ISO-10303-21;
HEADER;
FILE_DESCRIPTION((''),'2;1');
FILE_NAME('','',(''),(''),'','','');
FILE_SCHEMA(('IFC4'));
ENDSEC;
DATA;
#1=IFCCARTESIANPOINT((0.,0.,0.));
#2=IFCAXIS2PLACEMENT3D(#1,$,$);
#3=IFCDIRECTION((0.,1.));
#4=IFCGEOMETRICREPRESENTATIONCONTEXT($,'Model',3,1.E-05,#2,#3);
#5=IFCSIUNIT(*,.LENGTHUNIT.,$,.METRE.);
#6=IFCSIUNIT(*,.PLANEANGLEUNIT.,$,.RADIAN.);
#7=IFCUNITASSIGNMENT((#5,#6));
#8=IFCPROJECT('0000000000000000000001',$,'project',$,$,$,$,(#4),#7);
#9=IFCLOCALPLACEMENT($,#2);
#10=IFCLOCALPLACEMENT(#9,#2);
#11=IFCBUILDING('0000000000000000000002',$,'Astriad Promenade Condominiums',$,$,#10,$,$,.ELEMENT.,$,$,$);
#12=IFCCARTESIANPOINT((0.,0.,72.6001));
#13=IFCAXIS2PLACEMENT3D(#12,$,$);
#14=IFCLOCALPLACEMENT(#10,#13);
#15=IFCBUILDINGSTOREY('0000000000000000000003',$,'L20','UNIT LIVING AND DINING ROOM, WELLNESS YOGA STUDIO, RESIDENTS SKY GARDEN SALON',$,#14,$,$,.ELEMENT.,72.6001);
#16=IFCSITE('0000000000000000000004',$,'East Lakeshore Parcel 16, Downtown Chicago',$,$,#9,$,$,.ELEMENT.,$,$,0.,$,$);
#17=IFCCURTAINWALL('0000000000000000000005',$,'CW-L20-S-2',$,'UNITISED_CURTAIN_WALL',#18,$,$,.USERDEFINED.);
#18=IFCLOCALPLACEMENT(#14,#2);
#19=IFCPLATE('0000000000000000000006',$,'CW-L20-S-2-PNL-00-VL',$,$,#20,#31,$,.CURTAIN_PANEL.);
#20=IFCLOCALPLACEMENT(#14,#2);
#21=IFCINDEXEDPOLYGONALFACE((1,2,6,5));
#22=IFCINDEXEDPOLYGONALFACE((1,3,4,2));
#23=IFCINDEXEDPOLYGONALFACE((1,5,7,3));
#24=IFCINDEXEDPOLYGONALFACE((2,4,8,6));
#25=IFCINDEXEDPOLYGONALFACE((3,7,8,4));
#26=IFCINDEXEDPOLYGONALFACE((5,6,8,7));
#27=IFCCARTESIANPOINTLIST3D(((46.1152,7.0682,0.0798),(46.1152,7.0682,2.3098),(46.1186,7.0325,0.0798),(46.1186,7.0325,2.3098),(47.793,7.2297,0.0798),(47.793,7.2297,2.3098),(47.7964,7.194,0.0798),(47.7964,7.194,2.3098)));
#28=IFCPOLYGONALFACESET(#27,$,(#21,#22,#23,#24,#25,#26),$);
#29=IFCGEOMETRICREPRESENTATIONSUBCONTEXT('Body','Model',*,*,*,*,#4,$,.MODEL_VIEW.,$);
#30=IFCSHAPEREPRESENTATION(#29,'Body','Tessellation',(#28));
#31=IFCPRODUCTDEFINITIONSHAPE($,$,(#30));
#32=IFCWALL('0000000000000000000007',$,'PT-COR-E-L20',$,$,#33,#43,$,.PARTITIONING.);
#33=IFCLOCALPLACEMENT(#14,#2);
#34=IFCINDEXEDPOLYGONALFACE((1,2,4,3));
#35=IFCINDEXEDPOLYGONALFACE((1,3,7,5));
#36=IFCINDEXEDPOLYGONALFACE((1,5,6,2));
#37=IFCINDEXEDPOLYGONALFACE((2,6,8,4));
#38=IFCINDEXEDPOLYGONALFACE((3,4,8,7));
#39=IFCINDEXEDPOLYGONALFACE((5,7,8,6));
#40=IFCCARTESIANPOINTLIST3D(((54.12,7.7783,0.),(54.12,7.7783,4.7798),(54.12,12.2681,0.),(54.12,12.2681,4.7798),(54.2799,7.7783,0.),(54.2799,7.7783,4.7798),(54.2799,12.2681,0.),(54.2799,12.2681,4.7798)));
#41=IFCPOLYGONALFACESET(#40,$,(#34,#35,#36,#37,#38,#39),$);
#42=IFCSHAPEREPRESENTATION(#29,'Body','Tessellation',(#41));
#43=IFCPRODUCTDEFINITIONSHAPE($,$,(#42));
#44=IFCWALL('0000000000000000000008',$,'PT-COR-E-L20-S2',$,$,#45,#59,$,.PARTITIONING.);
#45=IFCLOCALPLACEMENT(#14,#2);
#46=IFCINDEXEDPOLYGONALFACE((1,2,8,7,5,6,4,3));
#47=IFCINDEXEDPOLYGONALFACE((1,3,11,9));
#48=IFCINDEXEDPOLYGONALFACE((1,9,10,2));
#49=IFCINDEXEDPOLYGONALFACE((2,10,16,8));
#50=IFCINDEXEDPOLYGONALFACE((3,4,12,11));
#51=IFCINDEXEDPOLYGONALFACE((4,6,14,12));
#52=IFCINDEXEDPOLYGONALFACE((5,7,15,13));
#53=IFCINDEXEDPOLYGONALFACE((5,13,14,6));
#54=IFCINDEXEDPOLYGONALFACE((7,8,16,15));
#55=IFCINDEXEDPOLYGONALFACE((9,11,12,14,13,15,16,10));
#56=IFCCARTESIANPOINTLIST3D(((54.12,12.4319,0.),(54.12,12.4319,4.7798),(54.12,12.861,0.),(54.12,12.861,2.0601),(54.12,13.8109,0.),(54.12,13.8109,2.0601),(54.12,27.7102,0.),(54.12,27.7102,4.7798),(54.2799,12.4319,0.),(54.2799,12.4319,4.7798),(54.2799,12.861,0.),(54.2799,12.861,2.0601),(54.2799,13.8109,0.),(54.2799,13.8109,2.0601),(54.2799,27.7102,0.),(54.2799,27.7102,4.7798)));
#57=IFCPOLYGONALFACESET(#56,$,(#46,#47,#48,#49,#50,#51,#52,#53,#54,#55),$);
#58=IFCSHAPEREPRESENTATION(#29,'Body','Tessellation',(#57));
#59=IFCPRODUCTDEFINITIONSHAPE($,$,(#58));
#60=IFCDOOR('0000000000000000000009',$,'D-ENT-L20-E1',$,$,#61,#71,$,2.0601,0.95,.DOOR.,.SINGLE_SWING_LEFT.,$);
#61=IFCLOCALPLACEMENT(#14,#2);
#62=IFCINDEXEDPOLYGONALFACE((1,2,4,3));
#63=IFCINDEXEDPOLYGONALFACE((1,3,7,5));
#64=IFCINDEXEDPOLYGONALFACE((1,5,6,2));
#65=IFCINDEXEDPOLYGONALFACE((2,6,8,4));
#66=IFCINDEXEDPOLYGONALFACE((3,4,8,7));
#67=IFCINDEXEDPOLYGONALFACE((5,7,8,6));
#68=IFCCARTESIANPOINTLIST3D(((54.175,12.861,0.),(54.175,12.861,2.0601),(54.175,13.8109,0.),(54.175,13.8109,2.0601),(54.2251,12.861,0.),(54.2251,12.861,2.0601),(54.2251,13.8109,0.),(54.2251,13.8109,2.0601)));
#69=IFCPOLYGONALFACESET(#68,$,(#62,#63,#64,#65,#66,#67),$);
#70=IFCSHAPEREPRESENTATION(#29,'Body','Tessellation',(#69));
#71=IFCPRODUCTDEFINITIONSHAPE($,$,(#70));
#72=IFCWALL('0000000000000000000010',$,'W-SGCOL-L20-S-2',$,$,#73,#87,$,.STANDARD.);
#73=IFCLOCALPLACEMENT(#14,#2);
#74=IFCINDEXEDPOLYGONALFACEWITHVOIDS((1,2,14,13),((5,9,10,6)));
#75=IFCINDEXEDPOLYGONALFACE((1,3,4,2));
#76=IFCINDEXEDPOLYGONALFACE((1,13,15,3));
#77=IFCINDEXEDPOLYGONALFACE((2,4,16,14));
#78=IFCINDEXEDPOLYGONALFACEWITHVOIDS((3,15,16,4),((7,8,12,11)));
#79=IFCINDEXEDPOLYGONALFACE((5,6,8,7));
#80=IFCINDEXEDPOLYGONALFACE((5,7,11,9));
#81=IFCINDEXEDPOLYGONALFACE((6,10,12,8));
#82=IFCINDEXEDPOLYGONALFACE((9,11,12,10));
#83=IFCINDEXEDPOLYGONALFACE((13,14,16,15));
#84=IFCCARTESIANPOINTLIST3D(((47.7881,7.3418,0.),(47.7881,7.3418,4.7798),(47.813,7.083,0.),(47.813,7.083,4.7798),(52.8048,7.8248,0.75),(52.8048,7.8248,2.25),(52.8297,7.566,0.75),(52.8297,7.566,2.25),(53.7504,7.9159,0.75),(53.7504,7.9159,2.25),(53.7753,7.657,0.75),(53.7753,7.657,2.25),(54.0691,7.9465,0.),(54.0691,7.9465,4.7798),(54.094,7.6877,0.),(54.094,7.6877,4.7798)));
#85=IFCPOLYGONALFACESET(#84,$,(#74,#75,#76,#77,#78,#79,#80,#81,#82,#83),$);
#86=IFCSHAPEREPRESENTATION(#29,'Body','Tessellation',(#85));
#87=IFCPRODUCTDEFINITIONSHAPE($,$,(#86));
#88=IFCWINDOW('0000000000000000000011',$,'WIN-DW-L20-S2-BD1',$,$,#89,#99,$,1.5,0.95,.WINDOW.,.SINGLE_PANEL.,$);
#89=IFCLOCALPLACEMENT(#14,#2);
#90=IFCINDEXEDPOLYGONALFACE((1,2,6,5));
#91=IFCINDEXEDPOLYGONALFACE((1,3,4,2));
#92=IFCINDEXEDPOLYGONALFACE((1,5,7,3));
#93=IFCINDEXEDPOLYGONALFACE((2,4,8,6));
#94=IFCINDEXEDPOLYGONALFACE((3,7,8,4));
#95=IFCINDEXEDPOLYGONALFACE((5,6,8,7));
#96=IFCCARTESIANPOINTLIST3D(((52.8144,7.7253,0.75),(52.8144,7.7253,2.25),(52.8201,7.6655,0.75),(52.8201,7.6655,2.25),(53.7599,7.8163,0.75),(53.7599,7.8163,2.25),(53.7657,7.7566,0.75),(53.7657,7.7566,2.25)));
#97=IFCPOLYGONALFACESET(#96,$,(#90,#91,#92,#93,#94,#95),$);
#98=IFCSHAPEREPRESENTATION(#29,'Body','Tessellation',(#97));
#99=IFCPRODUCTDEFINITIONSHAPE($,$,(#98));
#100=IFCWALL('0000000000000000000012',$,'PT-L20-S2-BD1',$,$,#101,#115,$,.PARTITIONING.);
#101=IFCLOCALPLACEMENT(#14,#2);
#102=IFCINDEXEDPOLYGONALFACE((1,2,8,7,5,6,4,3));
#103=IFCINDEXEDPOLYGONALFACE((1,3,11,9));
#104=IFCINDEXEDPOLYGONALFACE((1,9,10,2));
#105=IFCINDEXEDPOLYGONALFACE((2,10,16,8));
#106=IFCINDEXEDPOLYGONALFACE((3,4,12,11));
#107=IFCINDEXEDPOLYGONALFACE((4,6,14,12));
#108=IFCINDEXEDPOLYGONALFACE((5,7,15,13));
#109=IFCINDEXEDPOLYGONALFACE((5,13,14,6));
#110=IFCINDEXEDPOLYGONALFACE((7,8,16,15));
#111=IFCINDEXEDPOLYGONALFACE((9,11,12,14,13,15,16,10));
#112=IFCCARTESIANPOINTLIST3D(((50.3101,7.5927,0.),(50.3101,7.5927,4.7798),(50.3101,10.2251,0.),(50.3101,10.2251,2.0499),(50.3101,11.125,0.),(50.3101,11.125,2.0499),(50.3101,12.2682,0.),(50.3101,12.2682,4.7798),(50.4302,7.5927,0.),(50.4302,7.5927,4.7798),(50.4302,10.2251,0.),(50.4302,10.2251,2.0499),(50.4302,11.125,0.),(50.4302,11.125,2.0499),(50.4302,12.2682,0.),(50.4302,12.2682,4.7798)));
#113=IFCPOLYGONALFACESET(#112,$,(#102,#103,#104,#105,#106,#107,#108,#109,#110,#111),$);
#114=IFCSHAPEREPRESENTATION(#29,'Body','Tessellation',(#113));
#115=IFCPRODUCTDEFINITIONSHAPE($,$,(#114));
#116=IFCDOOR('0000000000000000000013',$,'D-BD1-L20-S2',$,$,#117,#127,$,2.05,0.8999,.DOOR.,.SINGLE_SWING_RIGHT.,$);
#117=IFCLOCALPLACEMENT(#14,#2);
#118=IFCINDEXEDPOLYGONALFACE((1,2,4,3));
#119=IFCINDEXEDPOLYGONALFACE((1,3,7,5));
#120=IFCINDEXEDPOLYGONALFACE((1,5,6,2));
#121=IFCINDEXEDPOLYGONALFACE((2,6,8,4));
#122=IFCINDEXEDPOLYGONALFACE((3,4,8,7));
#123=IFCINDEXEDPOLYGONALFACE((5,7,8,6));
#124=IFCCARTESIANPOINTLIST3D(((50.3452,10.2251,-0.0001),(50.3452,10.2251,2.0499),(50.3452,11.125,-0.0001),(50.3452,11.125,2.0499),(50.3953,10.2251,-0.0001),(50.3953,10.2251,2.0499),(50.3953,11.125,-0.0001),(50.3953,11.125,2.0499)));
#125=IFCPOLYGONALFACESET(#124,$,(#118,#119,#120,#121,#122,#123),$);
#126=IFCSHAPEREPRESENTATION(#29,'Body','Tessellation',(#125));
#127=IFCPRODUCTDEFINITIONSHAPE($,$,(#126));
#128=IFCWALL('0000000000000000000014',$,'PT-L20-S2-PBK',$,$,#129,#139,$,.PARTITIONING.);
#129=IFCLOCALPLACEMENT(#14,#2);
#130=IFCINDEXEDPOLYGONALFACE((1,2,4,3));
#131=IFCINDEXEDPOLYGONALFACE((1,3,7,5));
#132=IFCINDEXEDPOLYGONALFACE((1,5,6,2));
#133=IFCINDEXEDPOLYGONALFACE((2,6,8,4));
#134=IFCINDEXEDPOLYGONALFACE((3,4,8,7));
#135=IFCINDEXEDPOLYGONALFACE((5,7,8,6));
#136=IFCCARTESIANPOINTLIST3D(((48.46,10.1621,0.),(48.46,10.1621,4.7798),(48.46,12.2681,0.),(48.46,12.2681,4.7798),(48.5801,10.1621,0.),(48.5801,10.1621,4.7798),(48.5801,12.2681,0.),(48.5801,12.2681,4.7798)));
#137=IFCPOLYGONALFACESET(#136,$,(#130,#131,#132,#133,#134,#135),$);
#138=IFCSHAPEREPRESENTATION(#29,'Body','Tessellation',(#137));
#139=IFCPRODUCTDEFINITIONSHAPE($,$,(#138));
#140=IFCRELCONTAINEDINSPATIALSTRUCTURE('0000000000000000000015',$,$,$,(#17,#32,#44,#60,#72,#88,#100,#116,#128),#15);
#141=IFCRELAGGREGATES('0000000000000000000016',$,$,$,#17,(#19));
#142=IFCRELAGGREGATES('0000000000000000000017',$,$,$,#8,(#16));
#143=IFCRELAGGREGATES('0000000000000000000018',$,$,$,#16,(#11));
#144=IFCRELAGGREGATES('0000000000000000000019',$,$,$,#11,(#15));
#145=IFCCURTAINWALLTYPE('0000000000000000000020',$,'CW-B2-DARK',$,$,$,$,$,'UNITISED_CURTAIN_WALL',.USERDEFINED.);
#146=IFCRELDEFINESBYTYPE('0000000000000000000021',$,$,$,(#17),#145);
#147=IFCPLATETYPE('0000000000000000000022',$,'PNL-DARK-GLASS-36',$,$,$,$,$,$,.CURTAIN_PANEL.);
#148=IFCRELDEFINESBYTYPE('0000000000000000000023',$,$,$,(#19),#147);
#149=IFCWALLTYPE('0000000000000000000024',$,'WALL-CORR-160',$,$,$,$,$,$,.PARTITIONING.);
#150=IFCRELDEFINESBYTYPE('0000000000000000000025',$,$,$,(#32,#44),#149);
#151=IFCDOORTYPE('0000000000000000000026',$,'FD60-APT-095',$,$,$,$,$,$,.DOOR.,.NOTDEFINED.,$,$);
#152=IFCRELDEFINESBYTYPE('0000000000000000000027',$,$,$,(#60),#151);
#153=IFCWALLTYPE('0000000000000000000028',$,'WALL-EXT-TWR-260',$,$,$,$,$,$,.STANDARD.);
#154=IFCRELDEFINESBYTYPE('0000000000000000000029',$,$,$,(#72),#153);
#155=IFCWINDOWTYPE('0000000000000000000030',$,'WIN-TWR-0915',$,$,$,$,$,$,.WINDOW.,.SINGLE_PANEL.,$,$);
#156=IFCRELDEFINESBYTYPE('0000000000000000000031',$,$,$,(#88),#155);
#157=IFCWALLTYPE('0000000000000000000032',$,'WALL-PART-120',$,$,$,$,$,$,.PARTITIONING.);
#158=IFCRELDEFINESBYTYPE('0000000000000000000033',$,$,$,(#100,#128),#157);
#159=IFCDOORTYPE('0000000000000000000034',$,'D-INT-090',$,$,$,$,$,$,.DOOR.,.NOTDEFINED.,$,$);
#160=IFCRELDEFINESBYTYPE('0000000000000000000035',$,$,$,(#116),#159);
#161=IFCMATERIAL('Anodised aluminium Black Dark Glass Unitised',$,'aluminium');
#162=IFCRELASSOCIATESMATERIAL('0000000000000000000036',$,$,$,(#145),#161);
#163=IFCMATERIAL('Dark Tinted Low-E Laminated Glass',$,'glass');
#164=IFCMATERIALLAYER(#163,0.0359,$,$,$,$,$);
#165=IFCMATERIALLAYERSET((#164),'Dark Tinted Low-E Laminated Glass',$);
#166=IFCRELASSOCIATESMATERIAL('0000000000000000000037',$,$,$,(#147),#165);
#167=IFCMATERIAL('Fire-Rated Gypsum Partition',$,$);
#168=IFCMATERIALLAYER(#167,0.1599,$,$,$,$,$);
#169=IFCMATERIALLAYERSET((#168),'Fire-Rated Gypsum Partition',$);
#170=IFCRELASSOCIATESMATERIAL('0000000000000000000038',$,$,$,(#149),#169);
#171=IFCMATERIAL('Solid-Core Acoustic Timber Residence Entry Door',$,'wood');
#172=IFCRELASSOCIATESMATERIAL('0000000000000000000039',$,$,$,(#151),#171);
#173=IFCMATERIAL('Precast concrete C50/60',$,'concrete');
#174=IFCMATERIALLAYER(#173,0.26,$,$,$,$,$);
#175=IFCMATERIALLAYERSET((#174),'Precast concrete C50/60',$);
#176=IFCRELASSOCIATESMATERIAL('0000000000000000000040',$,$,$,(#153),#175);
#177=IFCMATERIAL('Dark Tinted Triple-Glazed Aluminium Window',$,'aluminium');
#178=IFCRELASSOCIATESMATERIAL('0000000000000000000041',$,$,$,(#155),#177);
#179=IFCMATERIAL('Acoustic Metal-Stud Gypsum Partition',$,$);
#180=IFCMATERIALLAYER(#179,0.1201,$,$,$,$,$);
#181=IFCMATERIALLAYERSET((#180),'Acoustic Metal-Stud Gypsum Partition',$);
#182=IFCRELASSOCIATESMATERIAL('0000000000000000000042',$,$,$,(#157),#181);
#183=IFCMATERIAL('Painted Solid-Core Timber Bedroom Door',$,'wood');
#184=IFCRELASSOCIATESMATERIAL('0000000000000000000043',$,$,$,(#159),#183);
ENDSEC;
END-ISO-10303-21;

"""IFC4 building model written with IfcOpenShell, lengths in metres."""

from ifc_helpers import new_model, si_unit, direction, frame, frame_2d, origin, origin_2d, place, context, subcontext, project, spatial, rectangle, extrude, source, transform, mapped, material, layer, layer_set, type_object, type_shapes, element, fill, aggregate, save


model = new_model("IFC4")

# Units and contexts
model_context = context("Model", 3, precision=1e-05, world=origin(), true_north=direction((0.0, 1.0)))
body_context = subcontext(model_context, "Body", "Model", "MODEL_VIEW")
ifc_project = project(units=[si_unit("LENGTHUNIT", "METRE"), si_unit("PLANEANGLEUNIT", "RADIAN")], contexts=[model_context])

# Site, building, storey
site_placement = place(None, origin())
site = spatial("IfcSite", under=ifc_project, at=site_placement, Name="East Lakeshore Parcel 16, Downtown Chicago", CompositionType="ELEMENT", RefElevation=0.0)
building_placement = place(site_placement, origin())
building = spatial("IfcBuilding", under=site, at=building_placement, Name="Astriad Promenade Condominiums", CompositionType="ELEMENT")
storey_placement = place(building_placement, frame((0.0, 0.0, 72.6001)))
storey = spatial("IfcBuildingStorey", under=building, at=storey_placement, Name="L20", Description="UNIT LIVING AND DINING ROOM, WELLNESS YOGA STUDIO, RESIDENTS SKY GARDEN SALON", CompositionType="ELEMENT", Elevation=72.6001)

# Shared definitions
ifc_material_1 = material(Name="Anodised aluminium Black Dark Glass Unitised", Category="aluminium")
curtain_wall_type = type_object("IfcCurtainWallType", Name="CW-B2-DARK", ElementType="UNITISED_CURTAIN_WALL", PredefinedType="USERDEFINED", material=ifc_material_1)

# Curtain wall
curtain_wall_1_placement = place(storey_placement, origin())
curtain_wall_1 = element("IfcCurtainWall", 1, at=curtain_wall_1_placement, inside=storey, type_object=curtain_wall_type, Name="CW-L20-S-2", ObjectType="UNITISED_CURTAIN_WALL", PredefinedType="USERDEFINED")

# Plate
ifc_material_2 = material(Name="Dark Tinted Low-E Laminated Glass", Category="glass")
ifc_layer_1 = layer(ifc_material_2, 0.0359)
ifc_layer_set_1 = layer_set([ifc_layer_1], Name="Dark Tinted Low-E Laminated Glass")
plate_type_1 = type_object("IfcPlateType", Name="PNL-DARK-GLASS-36", PredefinedType="CURTAIN_PANEL", material=ifc_layer_set_1)
shared_shape_1 = source(origin(), body_context, "Body", "SweptSolid", [
    extrude(rectangle(XDim=1.6855, YDim=0.0359, at=origin_2d()), origin(), (0.0, 0.0, 1.0), 2.23),
])
type_shapes(plate_type_1, [shared_shape_1])
plate_placement = place(storey_placement, frame((46.9558, 7.1311, 0.0798), z_axis=(0.0, 0.0, 1.0), x_axis=(-0.995396, -0.095846, 0.0)))
plate = element("IfcPlate", 2, at=plate_placement, type_object=plate_type_1, Name="CW-L20-S-2-PNL-00-VL", PredefinedType="CURTAIN_PANEL", context=body_context, shape_type="MappedRepresentation", body=[
    mapped(shared_shape_1, transform((0.0, 0.0, 0.0), scale=1.0)),
])
aggregate(curtain_wall_1, [plate])

# Wall
ifc_material_3 = material(Name="Fire-Rated Gypsum Partition")
ifc_layer_2 = layer(ifc_material_3, 0.1599)
ifc_layer_set_2 = layer_set([ifc_layer_2], Name="Fire-Rated Gypsum Partition")
wall_type_1 = type_object("IfcWallType", Name="WALL-CORR-160", PredefinedType="PARTITIONING", material=ifc_layer_set_2)
wall_1_placement = place(storey_placement, frame((54.2, 7.7783, 0.0), z_axis=(0.0, 0.0, 1.0), x_axis=(0.0, 1.0, 0.0)))
element("IfcWall", 3, at=wall_1_placement, inside=storey, type_object=wall_type_1, Name="PT-COR-E-L20", PredefinedType="PARTITIONING", context=body_context, shape_type="SweptSolid", body=[
    extrude(rectangle(XDim=4.4897, YDim=0.1599, at=frame_2d((2.2449, 0.0))), origin(), (0.0, 0.0, 1.0), 4.7798),
])

# Wall, opening, door
wall_2_placement = place(storey_placement, frame((54.2, 12.4319, 0.0), z_axis=(0.0, 0.0, 1.0), x_axis=(0.0, 1.0, 0.0)))
wall_2 = element("IfcWall", 4, at=wall_2_placement, inside=storey, type_object=wall_type_1, Name="PT-COR-E-L20-S2", PredefinedType="PARTITIONING", context=body_context, shape_type="SweptSolid", body=[
    extrude(rectangle(XDim=15.2783, YDim=0.1599, at=frame_2d((7.6392, 0.0))), origin(), (0.0, 0.0, 1.0), 4.7798),
])
opening_1_placement = place(wall_2_placement, frame((0.429, 0.0, 0.0)))
opening_1 = element("IfcOpeningElement", 5, at=opening_1_placement, cuts=wall_2, PredefinedType="OPENING", context=body_context, shape_type="SweptSolid", body=[
    extrude(rectangle(XDim=0.95, YDim=2.0601, at=frame_2d((0.4751, 1.03))), frame((0.0, 0.0898, 0.0), z_axis=(0.0, -1.0, 0.0), x_axis=(1.0, 0.0, 0.0)), (0.0, 0.0, 1.0), 0.1799),
])
ifc_material_4 = material(Name="Solid-Core Acoustic Timber Residence Entry Door", Category="wood")
door_type_1 = type_object("IfcDoorType", Name="FD60-APT-095", OperationType="NOTDEFINED", PredefinedType="DOOR", material=ifc_material_4)
shared_shape_2 = source(origin(), body_context, "Body", "SweptSolid", [
    extrude(rectangle(XDim=0.95, YDim=2.0601, at=frame_2d((0.4751, 1.03))), frame((0.0, 0.0249, 0.0), z_axis=(0.0, -1.0, 0.0), x_axis=(1.0, 0.0, 0.0)), (0.0, 0.0, 1.0), 0.05),
])
type_shapes(door_type_1, [shared_shape_2])
door_1_placement = place(opening_1_placement, origin())
door_1 = element("IfcDoor", 6, at=door_1_placement, inside=storey, type_object=door_type_1, Name="D-ENT-L20-E1", OperationType="SINGLE_SWING_LEFT", OverallHeight=2.0601, OverallWidth=0.95, PredefinedType="DOOR", context=body_context, shape_type="MappedRepresentation", body=[
    mapped(shared_shape_2, transform((0.0, 0.0, 0.0), scale=1.0)),
])
fill(opening_1, door_1)

# Wall, opening, window
ifc_material_5 = material(Name="Precast concrete C50/60", Category="concrete")
ifc_layer_3 = layer(ifc_material_5, 0.26)
ifc_layer_set_3 = layer_set([ifc_layer_3], Name="Precast concrete C50/60")
wall_type_2 = type_object("IfcWallType", Name="WALL-EXT-TWR-260", PredefinedType="STANDARD", material=ifc_layer_set_3)
wall_3_placement = place(storey_placement, frame((54.0815, 7.8171, 0.0), z_axis=(0.0, 0.0, 1.0), x_axis=(-0.995397, -0.095837, 0.0)))
wall_3 = element("IfcWall", 7, at=wall_3_placement, inside=storey, type_object=wall_type_2, Name="W-SGCOL-L20-S-2", PredefinedType="STANDARD", context=body_context, shape_type="SweptSolid", body=[
    extrude(rectangle(XDim=6.3101, YDim=0.26, at=frame_2d((3.155, 0.0))), origin(), (0.0, 0.0, 1.0), 4.7798),
])
opening_2_placement = place(wall_3_placement, frame((0.3201, 0.0, 0.75)))
opening_2 = element("IfcOpeningElement", 8, at=opening_2_placement, cuts=wall_3, PredefinedType="OPENING", context=body_context, shape_type="SweptSolid", body=[
    extrude(rectangle(XDim=0.95, YDim=1.5, at=frame_2d((0.4751, 0.75))), frame((0.0, 0.1399, 0.0), z_axis=(0.0, -1.0, 0.0), x_axis=(1.0, 0.0, 0.0)), (0.0, 0.0, 1.0), 0.28),
])
ifc_material_6 = material(Name="Dark Tinted Triple-Glazed Aluminium Window", Category="aluminium")
window_type = type_object("IfcWindowType", Name="WIN-TWR-0915", PartitioningType="SINGLE_PANEL", PredefinedType="WINDOW", material=ifc_material_6)
shared_shape_3 = source(origin(), body_context, "Body", "SweptSolid", [
    extrude(rectangle(XDim=0.95, YDim=1.5, at=frame_2d((0.4751, 0.75))), frame((0.0, 0.03, 0.0), z_axis=(0.0, -1.0, 0.0), x_axis=(1.0, 0.0, 0.0)), (0.0, 0.0, 1.0), 0.0601),
])
type_shapes(window_type, [shared_shape_3])
window_placement = place(opening_2_placement, origin())
window = element("IfcWindow", 9, at=window_placement, inside=storey, type_object=window_type, Name="WIN-DW-L20-S2-BD1", OverallHeight=1.5, OverallWidth=0.95, PartitioningType="SINGLE_PANEL", PredefinedType="WINDOW", context=body_context, shape_type="MappedRepresentation", body=[
    mapped(shared_shape_3, transform((0.0, 0.0, 0.0), scale=1.0)),
])
fill(opening_2, window)

# Wall, opening, door
ifc_material_7 = material(Name="Acoustic Metal-Stud Gypsum Partition")
ifc_layer_4 = layer(ifc_material_7, 0.1201)
ifc_layer_set_4 = layer_set([ifc_layer_4], Name="Acoustic Metal-Stud Gypsum Partition")
wall_type_3 = type_object("IfcWallType", Name="WALL-PART-120", PredefinedType="PARTITIONING", material=ifc_layer_set_4)
wall_4_placement = place(storey_placement, frame((50.3701, 7.5925, 0.0), z_axis=(0.0, 0.0, 1.0), x_axis=(0.0, 1.0, 0.0)))
wall_4 = element("IfcWall", 10, at=wall_4_placement, inside=storey, type_object=wall_type_3, Name="PT-L20-S2-BD1", PredefinedType="PARTITIONING", context=body_context, shape_type="SweptSolid", body=[
    extrude(rectangle(XDim=4.6755, YDim=0.1201, at=frame_2d((2.3379, 0.0))), origin(), (0.0, 0.0, 1.0), 4.7798),
])
opening_3_placement = place(wall_4_placement, frame((2.6326, 0.0, 0.0)))
opening_3 = element("IfcOpeningElement", 11, at=opening_3_placement, cuts=wall_4, PredefinedType="OPENING", context=body_context, shape_type="SweptSolid", body=[
    extrude(rectangle(XDim=0.8999, YDim=2.05, at=frame_2d((0.45, 1.0249))), frame((0.0, 0.0701, 0.0), z_axis=(0.0, -1.0, 0.0), x_axis=(1.0, 0.0, 0.0)), (0.0, 0.0, 1.0), 0.1401),
])
ifc_material_8 = material(Name="Painted Solid-Core Timber Bedroom Door", Category="wood")
door_type_2 = type_object("IfcDoorType", Name="D-INT-090", OperationType="NOTDEFINED", PredefinedType="DOOR", material=ifc_material_8)
shared_shape_4 = source(origin(), body_context, "Body", "SweptSolid", [
    extrude(rectangle(XDim=0.8999, YDim=2.05, at=frame_2d((0.45, 1.0249))), frame((0.0, 0.0249, 0.0), z_axis=(0.0, -1.0, 0.0), x_axis=(1.0, 0.0, 0.0)), (0.0, 0.0, 1.0), 0.05),
])
type_shapes(door_type_2, [shared_shape_4])
door_2_placement = place(opening_3_placement, origin())
door_2 = element("IfcDoor", 12, at=door_2_placement, inside=storey, type_object=door_type_2, Name="D-BD1-L20-S2", OperationType="SINGLE_SWING_RIGHT", OverallHeight=2.05, OverallWidth=0.8999, PredefinedType="DOOR", context=body_context, shape_type="MappedRepresentation", body=[
    mapped(shared_shape_4, transform((0.0, 0.0, 0.0), scale=1.0)),
])
fill(opening_3, door_2)

# Wall
wall_5_placement = place(storey_placement, frame((48.52, 10.1621, 0.0), z_axis=(0.0, 0.0, 1.0), x_axis=(0.0, 1.0, 0.0)))
element("IfcWall", 13, at=wall_5_placement, inside=storey, type_object=wall_type_3, Name="PT-L20-S2-PBK", PredefinedType="PARTITIONING", context=body_context, shape_type="SweptSolid", body=[
    extrude(rectangle(XDim=2.106, YDim=0.1201, at=frame_2d((1.053, 0.0))), origin(), (0.0, 0.0, 1.0), 4.7798),
])

save(model, "model.ifc")
